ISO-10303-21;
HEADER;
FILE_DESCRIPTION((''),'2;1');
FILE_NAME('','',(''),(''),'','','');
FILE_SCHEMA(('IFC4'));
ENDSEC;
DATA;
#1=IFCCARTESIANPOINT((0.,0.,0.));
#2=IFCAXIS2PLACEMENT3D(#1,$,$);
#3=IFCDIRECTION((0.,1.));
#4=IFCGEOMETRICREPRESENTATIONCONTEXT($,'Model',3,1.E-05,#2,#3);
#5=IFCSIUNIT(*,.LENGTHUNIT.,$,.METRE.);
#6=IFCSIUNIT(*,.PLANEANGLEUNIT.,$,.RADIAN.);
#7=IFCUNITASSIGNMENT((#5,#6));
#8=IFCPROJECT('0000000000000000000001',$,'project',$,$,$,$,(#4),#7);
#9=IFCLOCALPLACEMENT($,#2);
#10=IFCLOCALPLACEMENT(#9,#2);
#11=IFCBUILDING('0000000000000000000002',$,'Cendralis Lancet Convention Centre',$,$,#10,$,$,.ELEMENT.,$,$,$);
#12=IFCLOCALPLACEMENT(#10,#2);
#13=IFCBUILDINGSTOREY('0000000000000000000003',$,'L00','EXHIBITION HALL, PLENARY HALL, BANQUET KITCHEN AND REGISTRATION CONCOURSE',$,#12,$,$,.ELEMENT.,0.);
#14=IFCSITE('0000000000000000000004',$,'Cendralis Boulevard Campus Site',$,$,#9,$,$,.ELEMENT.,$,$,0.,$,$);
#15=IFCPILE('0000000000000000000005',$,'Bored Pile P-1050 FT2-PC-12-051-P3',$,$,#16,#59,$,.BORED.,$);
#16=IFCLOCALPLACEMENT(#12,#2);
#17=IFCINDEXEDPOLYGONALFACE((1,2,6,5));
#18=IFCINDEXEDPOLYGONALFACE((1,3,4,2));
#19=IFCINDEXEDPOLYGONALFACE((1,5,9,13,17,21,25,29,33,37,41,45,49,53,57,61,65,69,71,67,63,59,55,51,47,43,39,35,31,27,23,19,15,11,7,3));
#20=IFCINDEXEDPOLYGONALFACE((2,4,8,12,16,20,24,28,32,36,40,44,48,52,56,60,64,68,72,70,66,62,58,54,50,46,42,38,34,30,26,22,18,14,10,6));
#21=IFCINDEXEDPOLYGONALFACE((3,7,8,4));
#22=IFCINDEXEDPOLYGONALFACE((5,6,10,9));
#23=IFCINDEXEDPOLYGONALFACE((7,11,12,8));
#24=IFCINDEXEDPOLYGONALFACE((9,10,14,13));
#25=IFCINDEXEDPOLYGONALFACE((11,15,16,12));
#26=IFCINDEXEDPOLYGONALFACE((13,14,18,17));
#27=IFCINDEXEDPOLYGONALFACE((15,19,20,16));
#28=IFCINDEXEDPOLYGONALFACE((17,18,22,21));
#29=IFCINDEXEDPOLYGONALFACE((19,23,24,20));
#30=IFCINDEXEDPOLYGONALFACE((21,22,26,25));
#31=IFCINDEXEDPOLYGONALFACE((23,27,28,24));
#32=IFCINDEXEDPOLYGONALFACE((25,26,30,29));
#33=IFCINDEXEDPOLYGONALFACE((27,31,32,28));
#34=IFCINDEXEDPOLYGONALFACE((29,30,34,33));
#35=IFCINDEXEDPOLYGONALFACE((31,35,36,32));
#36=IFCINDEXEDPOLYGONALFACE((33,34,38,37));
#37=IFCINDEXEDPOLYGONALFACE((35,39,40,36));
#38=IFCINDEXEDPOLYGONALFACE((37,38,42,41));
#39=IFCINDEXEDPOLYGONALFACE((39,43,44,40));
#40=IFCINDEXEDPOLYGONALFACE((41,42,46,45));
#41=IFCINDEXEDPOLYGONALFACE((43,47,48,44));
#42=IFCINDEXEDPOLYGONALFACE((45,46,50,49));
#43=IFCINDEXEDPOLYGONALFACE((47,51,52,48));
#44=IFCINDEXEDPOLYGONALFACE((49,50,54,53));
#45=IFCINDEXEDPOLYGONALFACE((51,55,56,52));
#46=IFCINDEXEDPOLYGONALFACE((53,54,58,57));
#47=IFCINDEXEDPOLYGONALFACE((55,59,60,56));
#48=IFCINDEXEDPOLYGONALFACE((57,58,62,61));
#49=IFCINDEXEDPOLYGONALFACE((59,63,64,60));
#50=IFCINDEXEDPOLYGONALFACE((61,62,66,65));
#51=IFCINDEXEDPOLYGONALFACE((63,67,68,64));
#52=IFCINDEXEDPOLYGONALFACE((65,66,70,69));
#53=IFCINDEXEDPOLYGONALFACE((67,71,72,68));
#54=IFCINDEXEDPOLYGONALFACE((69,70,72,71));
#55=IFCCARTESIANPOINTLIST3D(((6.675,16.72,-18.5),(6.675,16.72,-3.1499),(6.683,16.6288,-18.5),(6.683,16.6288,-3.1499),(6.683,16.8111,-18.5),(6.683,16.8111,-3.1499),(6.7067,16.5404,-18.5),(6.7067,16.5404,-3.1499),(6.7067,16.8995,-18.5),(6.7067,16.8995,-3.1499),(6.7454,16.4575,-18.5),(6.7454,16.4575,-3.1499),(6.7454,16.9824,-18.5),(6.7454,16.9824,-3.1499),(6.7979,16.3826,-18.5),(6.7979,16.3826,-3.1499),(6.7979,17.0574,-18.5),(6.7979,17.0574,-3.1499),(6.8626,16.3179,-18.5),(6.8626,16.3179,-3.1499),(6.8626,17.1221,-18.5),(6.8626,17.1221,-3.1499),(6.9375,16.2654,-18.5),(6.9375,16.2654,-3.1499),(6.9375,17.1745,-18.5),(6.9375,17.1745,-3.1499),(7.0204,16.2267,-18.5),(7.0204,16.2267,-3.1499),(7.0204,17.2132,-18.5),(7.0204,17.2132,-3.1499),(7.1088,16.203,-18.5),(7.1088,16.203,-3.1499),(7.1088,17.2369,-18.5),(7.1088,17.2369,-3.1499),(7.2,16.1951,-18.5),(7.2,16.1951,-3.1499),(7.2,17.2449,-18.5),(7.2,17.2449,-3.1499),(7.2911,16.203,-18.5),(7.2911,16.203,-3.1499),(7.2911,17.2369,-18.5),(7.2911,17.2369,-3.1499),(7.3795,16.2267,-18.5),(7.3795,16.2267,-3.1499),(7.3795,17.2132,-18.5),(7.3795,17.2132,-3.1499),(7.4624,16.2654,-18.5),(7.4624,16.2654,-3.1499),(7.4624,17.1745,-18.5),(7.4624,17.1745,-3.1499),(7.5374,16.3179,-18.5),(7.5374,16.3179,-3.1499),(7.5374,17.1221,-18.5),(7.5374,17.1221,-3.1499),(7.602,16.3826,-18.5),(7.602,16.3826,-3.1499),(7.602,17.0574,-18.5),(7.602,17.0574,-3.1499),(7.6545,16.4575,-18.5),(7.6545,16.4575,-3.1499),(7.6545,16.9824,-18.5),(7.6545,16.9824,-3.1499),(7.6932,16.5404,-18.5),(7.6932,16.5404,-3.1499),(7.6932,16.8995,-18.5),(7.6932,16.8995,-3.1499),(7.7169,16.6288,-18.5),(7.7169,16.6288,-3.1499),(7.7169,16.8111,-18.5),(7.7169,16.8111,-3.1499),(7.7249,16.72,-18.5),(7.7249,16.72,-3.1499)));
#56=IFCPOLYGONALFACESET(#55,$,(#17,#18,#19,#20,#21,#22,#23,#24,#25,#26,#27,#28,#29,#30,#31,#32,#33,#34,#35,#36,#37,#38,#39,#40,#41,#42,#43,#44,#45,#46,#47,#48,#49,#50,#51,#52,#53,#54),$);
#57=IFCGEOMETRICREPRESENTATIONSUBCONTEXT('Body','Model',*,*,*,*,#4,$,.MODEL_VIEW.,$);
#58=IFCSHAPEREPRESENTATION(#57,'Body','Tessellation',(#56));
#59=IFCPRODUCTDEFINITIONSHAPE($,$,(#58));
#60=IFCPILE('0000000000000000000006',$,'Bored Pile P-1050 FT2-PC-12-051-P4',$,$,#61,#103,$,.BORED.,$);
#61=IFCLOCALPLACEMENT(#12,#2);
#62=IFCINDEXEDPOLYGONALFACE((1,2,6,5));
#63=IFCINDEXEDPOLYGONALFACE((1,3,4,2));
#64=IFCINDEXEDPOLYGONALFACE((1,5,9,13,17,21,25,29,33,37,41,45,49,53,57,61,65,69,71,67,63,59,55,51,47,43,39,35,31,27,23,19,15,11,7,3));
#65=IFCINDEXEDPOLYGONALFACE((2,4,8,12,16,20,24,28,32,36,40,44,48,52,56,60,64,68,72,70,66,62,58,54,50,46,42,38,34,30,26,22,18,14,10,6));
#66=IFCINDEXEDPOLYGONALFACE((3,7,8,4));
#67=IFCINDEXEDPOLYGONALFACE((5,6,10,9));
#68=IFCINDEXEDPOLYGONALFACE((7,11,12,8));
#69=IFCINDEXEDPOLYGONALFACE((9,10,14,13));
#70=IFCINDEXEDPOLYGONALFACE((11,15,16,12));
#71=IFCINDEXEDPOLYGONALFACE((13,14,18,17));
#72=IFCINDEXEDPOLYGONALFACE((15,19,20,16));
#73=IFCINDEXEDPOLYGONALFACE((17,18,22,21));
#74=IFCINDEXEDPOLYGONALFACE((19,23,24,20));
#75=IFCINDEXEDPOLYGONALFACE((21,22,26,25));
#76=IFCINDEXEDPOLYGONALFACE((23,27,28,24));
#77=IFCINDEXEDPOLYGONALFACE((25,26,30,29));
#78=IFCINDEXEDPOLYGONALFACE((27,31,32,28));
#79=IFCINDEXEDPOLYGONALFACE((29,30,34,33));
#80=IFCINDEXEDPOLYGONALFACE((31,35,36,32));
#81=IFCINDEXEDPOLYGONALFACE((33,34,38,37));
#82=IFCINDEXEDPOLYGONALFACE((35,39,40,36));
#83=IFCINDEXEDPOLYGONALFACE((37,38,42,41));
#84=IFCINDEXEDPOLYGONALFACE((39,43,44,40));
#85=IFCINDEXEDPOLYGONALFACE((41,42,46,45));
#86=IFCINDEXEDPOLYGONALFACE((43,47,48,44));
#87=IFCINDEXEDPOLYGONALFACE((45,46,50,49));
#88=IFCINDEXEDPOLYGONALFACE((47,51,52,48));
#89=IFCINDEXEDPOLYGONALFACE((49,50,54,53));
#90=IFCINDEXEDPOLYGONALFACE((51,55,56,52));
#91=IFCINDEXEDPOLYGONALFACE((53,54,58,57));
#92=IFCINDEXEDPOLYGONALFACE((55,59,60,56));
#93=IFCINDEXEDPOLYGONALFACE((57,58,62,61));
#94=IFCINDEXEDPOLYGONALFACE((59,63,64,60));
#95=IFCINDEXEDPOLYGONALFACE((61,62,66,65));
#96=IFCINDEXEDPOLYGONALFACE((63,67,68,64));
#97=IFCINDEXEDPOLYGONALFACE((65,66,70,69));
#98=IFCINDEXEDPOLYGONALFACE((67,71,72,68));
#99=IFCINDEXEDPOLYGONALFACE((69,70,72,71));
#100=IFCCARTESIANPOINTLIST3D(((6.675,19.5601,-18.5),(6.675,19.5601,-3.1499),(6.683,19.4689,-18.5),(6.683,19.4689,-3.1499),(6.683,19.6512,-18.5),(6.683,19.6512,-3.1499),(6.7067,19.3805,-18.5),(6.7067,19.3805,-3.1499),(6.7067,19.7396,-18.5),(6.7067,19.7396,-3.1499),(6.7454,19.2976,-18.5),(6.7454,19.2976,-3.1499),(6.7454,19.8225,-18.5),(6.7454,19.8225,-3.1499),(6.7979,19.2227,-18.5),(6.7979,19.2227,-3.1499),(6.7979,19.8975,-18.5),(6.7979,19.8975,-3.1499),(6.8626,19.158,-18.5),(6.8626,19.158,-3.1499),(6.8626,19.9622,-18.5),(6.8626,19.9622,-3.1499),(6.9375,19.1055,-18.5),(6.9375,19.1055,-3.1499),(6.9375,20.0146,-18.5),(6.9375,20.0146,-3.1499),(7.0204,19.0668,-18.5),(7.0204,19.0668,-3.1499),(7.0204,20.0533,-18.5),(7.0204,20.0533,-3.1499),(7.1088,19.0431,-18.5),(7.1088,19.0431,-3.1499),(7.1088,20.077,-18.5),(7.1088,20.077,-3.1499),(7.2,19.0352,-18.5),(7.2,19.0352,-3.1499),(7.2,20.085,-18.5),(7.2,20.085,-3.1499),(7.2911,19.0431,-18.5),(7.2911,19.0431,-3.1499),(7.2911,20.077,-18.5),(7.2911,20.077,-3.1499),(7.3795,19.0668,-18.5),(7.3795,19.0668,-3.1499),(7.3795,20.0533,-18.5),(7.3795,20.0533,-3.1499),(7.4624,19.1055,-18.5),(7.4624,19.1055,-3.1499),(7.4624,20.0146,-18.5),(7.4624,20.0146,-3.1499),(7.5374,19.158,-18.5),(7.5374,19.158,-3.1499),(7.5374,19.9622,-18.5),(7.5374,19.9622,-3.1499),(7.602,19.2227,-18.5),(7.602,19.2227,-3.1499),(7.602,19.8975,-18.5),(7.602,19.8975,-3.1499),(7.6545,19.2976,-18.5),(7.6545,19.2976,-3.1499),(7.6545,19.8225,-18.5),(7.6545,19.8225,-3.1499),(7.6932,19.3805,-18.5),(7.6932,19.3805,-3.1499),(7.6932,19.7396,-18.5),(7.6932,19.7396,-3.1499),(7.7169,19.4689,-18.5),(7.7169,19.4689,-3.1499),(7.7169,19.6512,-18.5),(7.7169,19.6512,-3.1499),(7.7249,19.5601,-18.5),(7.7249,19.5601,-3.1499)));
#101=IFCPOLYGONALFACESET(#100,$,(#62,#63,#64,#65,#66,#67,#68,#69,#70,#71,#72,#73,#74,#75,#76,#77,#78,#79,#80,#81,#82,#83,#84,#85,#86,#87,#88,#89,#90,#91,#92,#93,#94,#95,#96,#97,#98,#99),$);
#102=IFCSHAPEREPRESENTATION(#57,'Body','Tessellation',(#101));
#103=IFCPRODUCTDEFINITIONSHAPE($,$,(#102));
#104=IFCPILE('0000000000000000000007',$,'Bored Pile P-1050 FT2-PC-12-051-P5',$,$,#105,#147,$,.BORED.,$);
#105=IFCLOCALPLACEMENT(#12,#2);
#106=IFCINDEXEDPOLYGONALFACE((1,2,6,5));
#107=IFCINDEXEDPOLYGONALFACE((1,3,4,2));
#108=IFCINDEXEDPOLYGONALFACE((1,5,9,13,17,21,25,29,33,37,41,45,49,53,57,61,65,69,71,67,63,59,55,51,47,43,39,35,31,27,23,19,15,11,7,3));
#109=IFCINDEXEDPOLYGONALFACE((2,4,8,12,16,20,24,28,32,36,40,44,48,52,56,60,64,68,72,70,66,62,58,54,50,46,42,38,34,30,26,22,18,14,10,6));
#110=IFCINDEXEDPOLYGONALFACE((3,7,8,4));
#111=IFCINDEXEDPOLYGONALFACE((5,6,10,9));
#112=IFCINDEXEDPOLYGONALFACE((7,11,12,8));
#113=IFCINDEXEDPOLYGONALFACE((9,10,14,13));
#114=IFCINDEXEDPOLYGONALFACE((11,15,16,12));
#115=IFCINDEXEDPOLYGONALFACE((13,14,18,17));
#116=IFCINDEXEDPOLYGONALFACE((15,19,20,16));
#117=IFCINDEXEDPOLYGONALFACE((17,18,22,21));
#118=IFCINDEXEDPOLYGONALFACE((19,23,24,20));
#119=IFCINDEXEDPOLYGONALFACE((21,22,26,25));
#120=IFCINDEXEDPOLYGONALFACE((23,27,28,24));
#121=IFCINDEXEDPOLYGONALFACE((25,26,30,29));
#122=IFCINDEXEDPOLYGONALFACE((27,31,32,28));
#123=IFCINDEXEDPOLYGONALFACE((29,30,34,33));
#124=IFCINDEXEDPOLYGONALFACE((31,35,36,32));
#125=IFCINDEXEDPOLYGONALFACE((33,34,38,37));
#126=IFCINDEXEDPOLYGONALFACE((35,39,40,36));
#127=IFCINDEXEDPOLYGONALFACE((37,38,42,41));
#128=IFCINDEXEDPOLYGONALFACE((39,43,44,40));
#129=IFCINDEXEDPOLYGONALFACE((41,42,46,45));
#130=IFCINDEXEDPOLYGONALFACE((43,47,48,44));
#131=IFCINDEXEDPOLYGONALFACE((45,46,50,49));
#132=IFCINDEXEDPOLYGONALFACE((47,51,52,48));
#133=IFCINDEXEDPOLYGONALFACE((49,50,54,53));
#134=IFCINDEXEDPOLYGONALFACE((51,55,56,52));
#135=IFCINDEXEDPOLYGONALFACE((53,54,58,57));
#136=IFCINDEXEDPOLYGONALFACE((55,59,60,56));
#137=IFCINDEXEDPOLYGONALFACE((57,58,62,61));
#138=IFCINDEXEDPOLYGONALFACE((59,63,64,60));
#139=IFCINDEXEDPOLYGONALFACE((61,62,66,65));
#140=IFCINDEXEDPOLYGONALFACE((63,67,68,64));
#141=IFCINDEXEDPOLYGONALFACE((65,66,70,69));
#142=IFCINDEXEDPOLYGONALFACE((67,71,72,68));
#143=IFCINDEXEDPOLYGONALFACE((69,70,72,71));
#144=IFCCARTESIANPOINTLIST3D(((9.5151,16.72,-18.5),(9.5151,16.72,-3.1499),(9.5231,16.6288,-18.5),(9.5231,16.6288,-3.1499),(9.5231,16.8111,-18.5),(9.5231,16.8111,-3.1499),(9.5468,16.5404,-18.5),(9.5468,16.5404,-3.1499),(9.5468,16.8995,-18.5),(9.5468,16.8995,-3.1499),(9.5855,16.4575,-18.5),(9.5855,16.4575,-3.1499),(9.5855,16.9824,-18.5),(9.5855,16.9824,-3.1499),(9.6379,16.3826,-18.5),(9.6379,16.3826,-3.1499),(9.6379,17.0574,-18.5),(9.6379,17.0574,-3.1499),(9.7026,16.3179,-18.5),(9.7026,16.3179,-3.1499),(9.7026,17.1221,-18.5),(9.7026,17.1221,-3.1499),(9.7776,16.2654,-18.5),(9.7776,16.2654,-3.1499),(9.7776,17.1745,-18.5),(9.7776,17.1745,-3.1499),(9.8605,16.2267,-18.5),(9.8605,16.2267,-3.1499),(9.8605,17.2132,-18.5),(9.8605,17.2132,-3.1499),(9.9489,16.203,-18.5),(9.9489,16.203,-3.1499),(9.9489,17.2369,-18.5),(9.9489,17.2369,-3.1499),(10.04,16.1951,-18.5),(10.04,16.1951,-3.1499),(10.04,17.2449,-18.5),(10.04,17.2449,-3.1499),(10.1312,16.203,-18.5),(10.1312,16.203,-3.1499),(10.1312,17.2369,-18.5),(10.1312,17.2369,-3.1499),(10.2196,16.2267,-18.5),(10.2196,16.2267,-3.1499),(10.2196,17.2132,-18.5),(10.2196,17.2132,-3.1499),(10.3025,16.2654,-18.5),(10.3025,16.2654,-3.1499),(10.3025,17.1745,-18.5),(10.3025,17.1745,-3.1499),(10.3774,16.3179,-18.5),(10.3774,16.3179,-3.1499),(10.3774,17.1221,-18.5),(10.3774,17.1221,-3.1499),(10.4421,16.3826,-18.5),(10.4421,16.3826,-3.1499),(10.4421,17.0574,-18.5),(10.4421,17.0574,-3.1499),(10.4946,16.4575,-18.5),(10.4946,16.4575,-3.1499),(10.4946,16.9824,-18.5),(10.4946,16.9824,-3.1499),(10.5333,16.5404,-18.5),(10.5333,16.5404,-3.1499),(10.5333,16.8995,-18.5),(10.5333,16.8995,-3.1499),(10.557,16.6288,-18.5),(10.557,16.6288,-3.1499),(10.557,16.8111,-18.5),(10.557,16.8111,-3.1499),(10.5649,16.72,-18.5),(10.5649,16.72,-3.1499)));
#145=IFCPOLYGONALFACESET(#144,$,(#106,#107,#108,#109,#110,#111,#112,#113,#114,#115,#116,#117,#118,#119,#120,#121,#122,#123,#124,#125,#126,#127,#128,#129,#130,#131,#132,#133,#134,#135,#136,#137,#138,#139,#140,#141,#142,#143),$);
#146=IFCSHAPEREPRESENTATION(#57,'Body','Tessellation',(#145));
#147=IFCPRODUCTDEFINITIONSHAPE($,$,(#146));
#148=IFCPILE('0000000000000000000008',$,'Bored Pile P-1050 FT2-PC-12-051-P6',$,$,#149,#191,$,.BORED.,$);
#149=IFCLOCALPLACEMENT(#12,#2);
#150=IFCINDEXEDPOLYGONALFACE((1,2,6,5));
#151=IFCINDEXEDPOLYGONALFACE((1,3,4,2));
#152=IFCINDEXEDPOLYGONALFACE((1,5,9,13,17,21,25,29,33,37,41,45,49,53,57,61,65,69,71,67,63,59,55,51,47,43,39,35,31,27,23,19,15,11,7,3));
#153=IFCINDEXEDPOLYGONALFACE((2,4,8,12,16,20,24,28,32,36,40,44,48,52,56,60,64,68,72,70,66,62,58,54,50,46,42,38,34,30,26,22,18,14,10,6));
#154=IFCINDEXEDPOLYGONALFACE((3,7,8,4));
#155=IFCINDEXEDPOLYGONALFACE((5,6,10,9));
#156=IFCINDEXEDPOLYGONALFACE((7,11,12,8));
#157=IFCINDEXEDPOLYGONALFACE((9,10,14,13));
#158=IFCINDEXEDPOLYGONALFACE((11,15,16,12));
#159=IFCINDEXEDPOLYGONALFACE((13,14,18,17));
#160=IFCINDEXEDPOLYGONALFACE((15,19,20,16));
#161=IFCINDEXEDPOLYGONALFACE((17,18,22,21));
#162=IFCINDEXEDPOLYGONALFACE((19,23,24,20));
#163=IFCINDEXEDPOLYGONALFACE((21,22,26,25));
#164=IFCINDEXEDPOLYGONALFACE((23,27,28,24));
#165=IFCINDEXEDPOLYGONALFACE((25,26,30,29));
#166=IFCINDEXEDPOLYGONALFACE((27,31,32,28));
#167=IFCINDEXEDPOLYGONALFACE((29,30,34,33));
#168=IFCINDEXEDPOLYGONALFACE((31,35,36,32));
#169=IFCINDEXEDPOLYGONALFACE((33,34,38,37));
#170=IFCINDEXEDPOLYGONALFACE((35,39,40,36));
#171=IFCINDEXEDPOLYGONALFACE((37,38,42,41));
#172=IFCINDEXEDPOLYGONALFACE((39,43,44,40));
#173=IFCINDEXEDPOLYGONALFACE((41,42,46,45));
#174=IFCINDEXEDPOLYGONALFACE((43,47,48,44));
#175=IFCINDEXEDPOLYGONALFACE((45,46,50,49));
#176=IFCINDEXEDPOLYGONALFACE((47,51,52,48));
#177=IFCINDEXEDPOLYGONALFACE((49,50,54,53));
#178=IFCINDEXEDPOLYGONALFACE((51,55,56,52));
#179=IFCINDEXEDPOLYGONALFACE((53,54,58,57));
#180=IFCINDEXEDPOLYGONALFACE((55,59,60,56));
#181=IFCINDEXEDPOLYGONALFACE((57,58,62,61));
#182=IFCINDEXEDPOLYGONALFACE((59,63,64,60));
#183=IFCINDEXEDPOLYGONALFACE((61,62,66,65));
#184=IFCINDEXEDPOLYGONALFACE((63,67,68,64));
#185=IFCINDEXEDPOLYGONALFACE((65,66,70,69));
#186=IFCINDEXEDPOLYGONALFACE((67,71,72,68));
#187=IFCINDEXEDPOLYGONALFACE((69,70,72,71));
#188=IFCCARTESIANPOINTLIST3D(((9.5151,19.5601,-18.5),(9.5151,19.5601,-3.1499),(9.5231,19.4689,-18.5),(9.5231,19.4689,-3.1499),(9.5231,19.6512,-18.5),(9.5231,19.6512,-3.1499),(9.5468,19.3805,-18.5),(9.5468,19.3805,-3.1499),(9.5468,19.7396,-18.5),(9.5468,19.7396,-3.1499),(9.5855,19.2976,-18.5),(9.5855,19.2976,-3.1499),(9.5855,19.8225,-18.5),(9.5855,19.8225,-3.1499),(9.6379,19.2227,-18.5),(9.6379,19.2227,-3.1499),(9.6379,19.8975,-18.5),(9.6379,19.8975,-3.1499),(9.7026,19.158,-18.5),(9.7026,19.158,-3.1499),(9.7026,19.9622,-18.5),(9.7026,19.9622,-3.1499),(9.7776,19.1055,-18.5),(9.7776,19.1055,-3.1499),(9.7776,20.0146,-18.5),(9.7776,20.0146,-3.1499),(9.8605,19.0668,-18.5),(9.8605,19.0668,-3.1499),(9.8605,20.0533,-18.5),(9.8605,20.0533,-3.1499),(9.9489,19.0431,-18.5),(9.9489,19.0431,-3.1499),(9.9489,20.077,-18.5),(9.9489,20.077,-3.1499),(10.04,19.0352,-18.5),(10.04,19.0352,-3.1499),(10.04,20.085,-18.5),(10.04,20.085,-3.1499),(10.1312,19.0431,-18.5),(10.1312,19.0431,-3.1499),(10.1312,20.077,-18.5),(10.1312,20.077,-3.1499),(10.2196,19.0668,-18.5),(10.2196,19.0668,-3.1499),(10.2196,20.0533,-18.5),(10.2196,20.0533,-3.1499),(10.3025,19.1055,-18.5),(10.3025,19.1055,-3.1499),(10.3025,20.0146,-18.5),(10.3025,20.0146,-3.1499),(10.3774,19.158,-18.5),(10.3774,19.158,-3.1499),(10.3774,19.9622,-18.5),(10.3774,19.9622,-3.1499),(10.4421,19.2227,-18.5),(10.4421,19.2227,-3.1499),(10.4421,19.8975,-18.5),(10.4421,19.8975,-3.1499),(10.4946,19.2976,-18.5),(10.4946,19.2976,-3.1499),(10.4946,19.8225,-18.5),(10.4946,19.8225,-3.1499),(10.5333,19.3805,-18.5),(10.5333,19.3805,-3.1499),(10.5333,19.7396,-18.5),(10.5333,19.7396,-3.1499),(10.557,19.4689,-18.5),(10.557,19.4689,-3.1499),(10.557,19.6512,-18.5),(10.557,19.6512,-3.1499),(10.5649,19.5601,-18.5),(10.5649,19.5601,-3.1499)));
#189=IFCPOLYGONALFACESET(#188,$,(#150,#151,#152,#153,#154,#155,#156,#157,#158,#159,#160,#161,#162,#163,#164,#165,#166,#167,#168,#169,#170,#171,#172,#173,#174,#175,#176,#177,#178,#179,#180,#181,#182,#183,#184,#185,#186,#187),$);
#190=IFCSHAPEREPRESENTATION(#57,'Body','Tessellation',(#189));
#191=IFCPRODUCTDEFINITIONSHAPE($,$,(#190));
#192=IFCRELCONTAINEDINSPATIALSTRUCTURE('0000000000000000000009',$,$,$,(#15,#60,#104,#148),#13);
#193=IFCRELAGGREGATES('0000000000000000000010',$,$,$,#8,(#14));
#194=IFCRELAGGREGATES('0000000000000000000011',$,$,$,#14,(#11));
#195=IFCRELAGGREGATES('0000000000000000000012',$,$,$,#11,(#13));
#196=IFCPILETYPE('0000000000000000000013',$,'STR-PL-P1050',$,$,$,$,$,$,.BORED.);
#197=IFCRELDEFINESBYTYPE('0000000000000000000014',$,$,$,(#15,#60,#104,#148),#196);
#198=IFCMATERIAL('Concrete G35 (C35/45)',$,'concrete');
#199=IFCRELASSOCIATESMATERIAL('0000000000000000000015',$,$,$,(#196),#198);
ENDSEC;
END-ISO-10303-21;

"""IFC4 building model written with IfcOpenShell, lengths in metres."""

from ifc_helpers import new_model, si_unit, direction, frame, origin, origin_2d, place, context, subcontext, project, spatial, circle, extrude, material, material_profile, profile_set, type_object, element, save


model = new_model("IFC4")

# Units and contexts
model_context = context("Model", 3, precision=1e-05, world=origin(), true_north=direction((0.0, 1.0)))
body_context = subcontext(model_context, "Body", "Model", "MODEL_VIEW")
ifc_project = project(units=[si_unit("LENGTHUNIT", "METRE"), si_unit("PLANEANGLEUNIT", "RADIAN")], contexts=[model_context])

# Site, building, storey
site_placement = place(None, origin())
site = spatial("IfcSite", under=ifc_project, at=site_placement, Name="Cendralis Boulevard Campus Site", CompositionType="ELEMENT", RefElevation=0.0)
building_placement = place(site_placement, origin())
building = spatial("IfcBuilding", under=site, at=building_placement, Name="Cendralis Lancet Convention Centre", CompositionType="ELEMENT")
storey_placement = place(building_placement, origin())
storey = spatial("IfcBuildingStorey", under=building, at=storey_placement, Name="L00", Description="EXHIBITION HALL, PLENARY HALL, BANQUET KITCHEN AND REGISTRATION CONCOURSE", CompositionType="ELEMENT", Elevation=0.0)

# Shared definitions
ifc_material_1 = material(Name="Concrete G35 (C35/45)", Category="concrete")

# Piles
ifc_material_profile_1 = material_profile(ifc_material_1, circle(Radius=0.5249, at=origin_2d()), Name="BORED PILE D1050")
ifc_profile_set_1 = profile_set([ifc_material_profile_1], Name="Concrete G35 (C35/45)")
pile_type_1 = type_object("IfcPileType", Name="STR-PL-P1050", PredefinedType="BORED", material=ifc_profile_set_1)
for number, where, z_axis, x_axis, name in (
    (1, (7.2, 16.72, -3.1499), (0.0, 0.0, -1.0), (1.0, 0.0, 0.0), "Bored Pile P-1050 FT2-PC-12-051-P3"),
    (2, (7.2, 19.5601, -3.1499), (0.0, 0.0, -1.0), (1.0, 0.0, 0.0), "Bored Pile P-1050 FT2-PC-12-051-P4"),
    (3, (10.04, 16.72, -3.1499), (0.0, 0.0, -1.0), (1.0, 0.0, 0.0), "Bored Pile P-1050 FT2-PC-12-051-P5"),
    (4, (10.04, 19.5601, -3.1499), (0.0, 0.0, -1.0), (1.0, 0.0, 0.0), "Bored Pile P-1050 FT2-PC-12-051-P6"),
):
    element("IfcPile", number, at=place(storey_placement, frame(where, z_axis=z_axis, x_axis=x_axis)), inside=storey, type_object=pile_type_1, Name=name, PredefinedType="BORED", context=body_context, shape_type="SweptSolid", body=[
        extrude(circle(Radius=0.5249, at=origin_2d()), origin(), (0.0, 0.0, 1.0), 15.3501),
    ])

save(model, "model.ifc")
